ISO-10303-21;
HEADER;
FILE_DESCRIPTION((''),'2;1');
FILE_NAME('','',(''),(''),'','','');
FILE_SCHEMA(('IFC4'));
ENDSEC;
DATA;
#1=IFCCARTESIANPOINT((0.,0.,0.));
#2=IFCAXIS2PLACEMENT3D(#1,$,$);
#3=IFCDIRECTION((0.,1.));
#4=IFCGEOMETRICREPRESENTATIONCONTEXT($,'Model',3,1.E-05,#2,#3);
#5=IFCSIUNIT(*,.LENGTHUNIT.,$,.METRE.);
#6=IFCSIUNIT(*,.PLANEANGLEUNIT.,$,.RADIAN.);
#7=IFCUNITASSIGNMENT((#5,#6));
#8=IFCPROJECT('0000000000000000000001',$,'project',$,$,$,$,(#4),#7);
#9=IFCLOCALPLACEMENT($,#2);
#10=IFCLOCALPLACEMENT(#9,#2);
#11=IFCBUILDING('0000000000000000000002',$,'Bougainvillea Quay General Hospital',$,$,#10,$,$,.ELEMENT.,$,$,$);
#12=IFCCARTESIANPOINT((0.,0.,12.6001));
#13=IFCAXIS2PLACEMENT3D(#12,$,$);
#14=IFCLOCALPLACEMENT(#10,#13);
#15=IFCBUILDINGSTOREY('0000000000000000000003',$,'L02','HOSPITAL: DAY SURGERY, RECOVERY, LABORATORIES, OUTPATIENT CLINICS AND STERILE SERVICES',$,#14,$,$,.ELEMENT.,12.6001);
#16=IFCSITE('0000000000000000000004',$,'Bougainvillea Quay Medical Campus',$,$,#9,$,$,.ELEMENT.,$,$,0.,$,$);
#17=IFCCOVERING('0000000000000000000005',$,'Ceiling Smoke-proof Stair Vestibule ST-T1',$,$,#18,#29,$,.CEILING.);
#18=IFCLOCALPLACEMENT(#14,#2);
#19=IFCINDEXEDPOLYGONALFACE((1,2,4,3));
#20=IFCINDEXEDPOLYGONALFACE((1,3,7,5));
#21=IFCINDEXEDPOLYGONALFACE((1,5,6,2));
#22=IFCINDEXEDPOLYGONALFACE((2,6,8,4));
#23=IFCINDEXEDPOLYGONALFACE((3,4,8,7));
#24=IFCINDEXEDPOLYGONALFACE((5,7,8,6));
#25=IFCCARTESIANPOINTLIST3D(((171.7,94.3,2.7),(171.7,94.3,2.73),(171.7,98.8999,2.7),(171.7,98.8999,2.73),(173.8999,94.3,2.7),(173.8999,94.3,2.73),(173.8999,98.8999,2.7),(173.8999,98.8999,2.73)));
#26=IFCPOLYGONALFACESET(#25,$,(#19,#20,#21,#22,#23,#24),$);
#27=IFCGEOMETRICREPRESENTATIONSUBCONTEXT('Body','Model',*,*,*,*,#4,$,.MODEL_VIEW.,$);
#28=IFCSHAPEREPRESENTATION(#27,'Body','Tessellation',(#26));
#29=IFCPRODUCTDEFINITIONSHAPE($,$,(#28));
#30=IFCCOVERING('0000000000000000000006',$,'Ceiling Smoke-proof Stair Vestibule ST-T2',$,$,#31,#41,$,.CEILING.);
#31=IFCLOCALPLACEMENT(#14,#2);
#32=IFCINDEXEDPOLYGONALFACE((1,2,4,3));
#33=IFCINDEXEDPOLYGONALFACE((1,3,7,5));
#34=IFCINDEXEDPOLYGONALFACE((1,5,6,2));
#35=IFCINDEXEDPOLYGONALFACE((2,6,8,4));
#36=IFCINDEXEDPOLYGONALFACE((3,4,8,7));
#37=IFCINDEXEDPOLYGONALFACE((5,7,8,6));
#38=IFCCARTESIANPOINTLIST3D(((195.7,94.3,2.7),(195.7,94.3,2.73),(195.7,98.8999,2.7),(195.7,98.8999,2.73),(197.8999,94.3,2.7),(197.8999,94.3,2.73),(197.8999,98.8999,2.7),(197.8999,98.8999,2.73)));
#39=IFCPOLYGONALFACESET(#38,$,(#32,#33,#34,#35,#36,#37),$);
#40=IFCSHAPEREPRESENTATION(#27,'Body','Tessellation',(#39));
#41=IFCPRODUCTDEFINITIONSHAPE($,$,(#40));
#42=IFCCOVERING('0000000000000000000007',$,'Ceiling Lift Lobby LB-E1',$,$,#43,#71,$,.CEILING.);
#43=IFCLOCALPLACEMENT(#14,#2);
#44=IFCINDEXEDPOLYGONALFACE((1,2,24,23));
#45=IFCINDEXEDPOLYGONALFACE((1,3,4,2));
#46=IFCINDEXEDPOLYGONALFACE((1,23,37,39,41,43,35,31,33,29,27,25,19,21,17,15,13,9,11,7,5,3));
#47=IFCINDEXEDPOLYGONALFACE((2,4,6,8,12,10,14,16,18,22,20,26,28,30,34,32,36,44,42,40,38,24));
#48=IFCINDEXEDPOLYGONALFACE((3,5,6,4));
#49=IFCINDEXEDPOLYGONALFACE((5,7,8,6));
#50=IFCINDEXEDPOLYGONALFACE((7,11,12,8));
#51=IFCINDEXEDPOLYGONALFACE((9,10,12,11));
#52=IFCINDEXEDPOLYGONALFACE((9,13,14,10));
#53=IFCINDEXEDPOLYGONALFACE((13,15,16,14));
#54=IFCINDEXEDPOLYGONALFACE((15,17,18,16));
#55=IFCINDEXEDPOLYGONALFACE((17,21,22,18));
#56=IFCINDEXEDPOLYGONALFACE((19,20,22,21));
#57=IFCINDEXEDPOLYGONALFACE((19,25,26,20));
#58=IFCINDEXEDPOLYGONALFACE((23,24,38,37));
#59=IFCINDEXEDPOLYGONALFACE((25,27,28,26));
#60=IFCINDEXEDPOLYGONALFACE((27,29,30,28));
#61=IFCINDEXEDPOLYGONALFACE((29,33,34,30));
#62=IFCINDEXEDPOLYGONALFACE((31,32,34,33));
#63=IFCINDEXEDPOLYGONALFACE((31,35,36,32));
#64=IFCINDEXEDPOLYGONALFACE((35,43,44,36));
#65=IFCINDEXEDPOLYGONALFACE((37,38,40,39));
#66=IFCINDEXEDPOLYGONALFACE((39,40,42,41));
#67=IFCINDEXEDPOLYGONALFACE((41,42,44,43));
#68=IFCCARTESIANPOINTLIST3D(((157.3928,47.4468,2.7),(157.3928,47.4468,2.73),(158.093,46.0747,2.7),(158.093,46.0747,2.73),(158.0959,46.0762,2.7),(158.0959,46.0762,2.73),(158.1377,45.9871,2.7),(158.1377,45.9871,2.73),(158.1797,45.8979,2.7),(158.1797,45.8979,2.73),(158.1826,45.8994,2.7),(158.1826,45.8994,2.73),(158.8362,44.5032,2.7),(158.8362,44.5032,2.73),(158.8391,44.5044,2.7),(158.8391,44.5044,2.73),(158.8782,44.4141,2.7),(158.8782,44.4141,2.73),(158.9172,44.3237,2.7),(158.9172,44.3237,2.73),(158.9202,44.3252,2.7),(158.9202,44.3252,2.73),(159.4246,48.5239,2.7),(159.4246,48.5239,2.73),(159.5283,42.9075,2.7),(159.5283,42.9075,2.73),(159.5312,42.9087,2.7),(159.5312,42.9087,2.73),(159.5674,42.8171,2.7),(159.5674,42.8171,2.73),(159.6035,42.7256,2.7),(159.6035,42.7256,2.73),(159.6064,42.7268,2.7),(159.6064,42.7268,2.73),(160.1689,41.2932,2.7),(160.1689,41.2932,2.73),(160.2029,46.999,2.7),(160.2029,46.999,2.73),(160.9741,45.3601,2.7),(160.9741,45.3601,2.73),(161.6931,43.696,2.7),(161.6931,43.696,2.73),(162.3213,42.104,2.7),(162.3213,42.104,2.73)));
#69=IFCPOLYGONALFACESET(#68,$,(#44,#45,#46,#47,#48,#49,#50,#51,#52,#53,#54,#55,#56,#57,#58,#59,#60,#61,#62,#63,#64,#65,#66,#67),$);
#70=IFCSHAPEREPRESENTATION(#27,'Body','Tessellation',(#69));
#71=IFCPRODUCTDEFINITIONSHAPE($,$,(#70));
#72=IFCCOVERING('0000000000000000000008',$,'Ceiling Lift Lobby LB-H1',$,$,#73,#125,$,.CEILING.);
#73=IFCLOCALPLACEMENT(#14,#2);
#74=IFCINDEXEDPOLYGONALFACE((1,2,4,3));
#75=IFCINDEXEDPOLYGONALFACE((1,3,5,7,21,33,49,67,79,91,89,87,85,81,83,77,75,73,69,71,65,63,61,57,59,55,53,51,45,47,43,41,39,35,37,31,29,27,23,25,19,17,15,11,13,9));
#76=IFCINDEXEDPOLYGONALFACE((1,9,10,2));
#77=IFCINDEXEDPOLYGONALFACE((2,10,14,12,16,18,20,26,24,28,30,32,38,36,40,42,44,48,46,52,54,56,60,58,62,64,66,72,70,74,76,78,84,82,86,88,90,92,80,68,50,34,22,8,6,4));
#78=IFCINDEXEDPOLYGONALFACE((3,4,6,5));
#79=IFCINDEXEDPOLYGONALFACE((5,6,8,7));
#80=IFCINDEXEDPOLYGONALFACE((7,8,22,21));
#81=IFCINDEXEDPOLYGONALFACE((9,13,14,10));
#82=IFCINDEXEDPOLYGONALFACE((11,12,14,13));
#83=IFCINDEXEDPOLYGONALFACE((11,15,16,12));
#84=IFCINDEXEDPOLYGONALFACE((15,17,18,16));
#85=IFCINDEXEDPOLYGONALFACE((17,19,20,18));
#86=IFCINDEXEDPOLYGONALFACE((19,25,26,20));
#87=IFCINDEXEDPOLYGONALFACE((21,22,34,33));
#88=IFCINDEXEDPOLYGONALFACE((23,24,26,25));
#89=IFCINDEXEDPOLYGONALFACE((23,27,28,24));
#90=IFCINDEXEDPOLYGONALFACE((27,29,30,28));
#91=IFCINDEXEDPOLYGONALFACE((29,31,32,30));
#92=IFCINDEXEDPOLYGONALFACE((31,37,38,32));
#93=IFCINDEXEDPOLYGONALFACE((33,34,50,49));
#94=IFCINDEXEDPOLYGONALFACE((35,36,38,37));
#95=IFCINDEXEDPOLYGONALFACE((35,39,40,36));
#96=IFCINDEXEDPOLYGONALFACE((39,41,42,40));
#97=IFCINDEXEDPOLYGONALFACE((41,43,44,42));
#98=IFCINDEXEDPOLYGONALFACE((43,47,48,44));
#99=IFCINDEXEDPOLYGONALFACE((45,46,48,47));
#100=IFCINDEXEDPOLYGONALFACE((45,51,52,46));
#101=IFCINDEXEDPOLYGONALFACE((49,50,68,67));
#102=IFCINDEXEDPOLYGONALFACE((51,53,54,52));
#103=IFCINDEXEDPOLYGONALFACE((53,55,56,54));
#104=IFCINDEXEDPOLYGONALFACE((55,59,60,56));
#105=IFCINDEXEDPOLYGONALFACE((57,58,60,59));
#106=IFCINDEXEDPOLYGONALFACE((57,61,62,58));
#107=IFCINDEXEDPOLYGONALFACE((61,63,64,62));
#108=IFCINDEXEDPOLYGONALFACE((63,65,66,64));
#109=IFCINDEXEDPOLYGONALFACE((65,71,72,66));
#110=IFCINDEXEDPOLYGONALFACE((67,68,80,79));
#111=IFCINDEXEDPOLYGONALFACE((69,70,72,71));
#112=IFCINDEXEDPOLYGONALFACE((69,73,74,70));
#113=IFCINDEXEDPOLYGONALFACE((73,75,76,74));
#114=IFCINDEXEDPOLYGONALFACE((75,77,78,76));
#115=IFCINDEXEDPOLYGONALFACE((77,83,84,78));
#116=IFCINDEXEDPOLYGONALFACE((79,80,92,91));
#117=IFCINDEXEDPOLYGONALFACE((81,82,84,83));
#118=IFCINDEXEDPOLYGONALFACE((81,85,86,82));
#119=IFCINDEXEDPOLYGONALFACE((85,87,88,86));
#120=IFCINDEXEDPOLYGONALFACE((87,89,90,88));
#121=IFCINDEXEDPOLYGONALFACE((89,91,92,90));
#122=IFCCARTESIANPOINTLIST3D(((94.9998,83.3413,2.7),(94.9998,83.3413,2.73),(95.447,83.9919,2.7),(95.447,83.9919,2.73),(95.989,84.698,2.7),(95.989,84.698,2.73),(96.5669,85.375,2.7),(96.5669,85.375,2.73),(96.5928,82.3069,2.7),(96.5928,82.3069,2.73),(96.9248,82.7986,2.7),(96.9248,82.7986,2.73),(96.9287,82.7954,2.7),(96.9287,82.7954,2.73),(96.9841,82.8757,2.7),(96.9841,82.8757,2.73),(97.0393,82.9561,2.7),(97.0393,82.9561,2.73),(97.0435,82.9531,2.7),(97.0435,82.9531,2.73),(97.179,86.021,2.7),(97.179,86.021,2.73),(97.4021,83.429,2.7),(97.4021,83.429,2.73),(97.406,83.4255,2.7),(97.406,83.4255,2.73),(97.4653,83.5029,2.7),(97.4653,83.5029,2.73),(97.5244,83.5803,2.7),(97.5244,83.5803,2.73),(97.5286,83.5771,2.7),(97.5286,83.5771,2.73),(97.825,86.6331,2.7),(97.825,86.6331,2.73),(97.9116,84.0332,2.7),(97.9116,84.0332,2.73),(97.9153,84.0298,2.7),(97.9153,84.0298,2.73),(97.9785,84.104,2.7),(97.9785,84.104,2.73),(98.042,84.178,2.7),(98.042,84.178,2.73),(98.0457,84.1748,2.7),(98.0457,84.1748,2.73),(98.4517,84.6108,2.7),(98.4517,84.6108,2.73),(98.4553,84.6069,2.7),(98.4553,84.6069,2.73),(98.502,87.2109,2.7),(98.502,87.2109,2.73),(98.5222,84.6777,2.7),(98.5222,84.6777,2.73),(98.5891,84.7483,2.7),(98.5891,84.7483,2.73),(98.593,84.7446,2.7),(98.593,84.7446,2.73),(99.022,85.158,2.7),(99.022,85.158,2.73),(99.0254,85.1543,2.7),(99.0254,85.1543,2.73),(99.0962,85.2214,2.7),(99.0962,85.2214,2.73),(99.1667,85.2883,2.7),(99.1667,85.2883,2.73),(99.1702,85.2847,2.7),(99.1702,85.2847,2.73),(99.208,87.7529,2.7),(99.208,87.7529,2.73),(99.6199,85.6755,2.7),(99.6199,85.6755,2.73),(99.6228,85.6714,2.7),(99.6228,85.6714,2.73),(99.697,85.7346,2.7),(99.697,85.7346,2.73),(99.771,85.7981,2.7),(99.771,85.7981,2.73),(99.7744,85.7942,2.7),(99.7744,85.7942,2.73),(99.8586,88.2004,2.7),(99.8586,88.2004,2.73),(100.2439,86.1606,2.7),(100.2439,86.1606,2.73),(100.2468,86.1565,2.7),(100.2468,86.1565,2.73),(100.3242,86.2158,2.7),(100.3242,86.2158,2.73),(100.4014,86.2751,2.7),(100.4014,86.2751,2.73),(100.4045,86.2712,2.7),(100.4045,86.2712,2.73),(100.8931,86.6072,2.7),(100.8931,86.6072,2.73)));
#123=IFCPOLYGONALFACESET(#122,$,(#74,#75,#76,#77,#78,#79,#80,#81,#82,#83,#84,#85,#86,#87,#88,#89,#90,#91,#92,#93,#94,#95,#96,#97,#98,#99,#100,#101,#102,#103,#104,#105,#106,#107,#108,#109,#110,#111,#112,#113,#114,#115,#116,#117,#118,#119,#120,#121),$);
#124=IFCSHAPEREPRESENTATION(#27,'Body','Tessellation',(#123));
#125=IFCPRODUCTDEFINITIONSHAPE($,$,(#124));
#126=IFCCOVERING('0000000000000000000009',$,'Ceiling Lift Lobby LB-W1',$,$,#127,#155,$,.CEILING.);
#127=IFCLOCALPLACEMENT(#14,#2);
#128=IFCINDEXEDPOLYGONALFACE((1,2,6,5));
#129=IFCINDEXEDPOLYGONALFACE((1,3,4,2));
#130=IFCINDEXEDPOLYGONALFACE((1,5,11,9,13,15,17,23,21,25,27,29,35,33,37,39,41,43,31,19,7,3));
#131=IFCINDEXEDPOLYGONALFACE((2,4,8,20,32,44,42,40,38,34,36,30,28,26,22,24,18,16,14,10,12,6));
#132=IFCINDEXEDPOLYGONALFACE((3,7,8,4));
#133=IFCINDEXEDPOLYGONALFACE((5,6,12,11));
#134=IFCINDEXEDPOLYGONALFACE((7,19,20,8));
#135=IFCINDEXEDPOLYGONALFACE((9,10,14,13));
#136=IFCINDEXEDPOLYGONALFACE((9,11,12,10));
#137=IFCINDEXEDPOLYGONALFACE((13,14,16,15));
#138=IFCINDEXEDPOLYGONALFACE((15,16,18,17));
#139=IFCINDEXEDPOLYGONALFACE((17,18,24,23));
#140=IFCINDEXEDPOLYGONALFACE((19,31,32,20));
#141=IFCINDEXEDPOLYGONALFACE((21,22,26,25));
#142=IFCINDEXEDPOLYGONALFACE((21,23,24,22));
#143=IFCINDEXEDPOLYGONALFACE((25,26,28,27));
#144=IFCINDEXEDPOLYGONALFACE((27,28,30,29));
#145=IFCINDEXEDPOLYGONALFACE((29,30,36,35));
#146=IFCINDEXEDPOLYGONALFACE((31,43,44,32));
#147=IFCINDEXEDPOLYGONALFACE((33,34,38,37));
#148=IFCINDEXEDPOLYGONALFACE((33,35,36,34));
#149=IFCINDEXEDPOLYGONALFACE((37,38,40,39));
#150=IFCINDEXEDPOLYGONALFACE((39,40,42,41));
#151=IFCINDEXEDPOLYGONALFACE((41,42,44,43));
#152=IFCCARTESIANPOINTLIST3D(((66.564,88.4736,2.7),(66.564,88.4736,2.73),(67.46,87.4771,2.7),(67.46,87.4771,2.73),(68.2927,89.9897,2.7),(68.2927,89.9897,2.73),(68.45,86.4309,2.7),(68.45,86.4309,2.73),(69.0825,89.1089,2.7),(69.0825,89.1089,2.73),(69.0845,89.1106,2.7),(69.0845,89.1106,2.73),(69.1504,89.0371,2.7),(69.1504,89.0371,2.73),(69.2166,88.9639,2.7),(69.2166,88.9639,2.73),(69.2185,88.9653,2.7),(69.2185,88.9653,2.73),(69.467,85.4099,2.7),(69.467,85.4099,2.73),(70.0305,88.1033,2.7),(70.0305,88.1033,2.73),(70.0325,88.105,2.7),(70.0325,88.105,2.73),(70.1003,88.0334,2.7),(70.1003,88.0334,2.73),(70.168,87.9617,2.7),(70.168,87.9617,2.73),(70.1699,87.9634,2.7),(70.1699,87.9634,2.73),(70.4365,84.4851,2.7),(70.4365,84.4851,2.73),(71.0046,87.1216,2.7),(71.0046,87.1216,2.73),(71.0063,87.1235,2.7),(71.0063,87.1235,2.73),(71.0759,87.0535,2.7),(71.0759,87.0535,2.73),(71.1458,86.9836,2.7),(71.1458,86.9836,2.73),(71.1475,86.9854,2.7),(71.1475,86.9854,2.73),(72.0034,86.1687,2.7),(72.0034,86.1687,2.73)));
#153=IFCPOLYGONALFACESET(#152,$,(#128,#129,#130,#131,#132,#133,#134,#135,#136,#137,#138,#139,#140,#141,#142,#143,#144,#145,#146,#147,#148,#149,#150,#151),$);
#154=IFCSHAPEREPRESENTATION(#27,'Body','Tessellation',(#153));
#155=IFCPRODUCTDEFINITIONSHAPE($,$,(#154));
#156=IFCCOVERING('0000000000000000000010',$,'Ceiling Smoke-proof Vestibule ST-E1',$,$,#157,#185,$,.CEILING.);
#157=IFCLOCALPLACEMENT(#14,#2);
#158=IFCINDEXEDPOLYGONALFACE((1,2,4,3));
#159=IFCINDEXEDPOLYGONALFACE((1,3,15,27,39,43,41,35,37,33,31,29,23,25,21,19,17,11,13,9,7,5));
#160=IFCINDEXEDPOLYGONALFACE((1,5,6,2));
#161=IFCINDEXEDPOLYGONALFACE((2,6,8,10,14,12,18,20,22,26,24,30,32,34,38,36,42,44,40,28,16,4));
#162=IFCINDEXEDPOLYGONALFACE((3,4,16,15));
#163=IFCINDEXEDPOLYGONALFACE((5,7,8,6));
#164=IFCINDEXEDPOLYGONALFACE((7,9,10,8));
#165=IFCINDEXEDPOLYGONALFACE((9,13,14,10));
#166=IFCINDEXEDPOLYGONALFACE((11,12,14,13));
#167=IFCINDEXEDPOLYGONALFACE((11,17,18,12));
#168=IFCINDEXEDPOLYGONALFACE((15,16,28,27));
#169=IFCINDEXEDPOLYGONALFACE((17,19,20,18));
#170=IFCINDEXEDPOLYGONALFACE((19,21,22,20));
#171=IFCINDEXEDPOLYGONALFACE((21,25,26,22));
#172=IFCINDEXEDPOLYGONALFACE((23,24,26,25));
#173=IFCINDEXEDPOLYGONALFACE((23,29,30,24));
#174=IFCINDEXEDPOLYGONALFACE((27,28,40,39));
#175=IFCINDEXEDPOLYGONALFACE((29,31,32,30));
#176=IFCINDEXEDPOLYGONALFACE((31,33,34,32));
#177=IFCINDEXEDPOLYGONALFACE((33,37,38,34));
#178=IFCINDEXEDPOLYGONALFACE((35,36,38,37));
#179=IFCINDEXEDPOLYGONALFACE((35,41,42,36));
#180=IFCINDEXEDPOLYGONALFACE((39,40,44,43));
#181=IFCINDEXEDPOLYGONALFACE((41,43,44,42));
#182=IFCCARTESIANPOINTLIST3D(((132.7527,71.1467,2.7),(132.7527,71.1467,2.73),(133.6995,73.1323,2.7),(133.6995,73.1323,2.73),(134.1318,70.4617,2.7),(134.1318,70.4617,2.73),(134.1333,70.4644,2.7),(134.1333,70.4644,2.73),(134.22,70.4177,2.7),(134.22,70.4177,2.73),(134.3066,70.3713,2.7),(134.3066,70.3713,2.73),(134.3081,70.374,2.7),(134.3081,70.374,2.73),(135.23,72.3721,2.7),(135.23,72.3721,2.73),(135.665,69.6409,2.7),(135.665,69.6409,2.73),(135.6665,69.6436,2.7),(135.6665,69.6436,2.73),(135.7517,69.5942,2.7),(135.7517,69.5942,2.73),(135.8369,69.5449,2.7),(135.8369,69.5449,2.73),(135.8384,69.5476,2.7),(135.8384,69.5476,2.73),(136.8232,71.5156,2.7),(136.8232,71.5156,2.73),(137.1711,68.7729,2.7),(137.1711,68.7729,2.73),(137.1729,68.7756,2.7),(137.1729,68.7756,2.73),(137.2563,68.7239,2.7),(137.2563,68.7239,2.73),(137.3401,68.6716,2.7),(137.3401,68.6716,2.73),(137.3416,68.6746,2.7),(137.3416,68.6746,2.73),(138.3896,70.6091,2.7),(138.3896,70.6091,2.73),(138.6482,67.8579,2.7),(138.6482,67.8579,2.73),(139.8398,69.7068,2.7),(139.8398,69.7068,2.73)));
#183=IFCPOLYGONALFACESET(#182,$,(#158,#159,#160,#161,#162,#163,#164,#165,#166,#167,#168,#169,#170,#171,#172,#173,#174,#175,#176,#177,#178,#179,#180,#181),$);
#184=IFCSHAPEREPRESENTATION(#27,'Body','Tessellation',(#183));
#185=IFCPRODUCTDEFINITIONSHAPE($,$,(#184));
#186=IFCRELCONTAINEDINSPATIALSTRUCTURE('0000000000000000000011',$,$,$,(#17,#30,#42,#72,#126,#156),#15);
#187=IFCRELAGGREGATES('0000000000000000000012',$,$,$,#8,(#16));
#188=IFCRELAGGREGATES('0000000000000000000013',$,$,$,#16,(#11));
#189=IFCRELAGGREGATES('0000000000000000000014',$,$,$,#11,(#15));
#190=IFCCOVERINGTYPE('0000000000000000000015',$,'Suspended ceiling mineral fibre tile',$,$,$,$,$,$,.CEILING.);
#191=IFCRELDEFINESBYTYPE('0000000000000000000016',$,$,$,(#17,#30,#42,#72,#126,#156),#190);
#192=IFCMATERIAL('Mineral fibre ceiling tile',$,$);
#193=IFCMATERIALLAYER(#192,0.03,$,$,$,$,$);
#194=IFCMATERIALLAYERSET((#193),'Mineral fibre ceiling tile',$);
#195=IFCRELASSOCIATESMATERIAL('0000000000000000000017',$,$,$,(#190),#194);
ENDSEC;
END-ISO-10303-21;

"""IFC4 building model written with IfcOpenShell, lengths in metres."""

from ifc_helpers import new_model, si_unit, direction, frame, origin, place, context, subcontext, project, spatial, polyline, outline, extrude, material, layer, layer_set, type_object, element, save


model = new_model("IFC4")

# Units and contexts
model_context = context("Model", 3, precision=1e-05, world=origin(), true_north=direction((0.0, 1.0)))
body_context = subcontext(model_context, "Body", "Model", "MODEL_VIEW")
ifc_project = project(units=[si_unit("LENGTHUNIT", "METRE"), si_unit("PLANEANGLEUNIT", "RADIAN")], contexts=[model_context])

# Site, building, storey
site_placement = place(None, origin())
site = spatial("IfcSite", under=ifc_project, at=site_placement, Name="Bougainvillea Quay Medical Campus", CompositionType="ELEMENT", RefElevation=0.0)
building_placement = place(site_placement, origin())
building = spatial("IfcBuilding", under=site, at=building_placement, Name="Bougainvillea Quay General Hospital", CompositionType="ELEMENT")
storey_placement = place(building_placement, frame((0.0, 0.0, 12.6001)))
storey = spatial("IfcBuildingStorey", under=building, at=storey_placement, Name="L02", Description="HOSPITAL: DAY SURGERY, RECOVERY, LABORATORIES, OUTPATIENT CLINICS AND STERILE SERVICES", CompositionType="ELEMENT", Elevation=12.6001)

# Coverings
ifc_material = material(Name="Mineral fibre ceiling tile")
ifc_layer = layer(ifc_material, 0.03)
ifc_layer_set = layer_set([ifc_layer], Name="Mineral fibre ceiling tile")
covering_type = type_object("IfcCoveringType", Name="Suspended ceiling mineral fibre tile", PredefinedType="CEILING", material=ifc_layer_set)
covering_1_placement = place(storey_placement, frame((0.0, 0.0, 2.7)))
element("IfcCovering", 1, at=covering_1_placement, inside=storey, type_object=covering_type, Name="Ceiling Smoke-proof Stair Vestibule ST-T1", PredefinedType="CEILING", context=body_context, shape_type="SweptSolid", body=[
    extrude(outline(polyline([(171.7, 98.8999), (171.7, 94.3), (173.8999, 94.3), (173.8999, 98.8999), (171.7, 98.8999)])), origin(), (0.0, 0.0, 1.0), 0.03),
])
covering_2_placement = place(storey_placement, frame((0.0, 0.0, 2.7)))
element("IfcCovering", 2, at=covering_2_placement, inside=storey, type_object=covering_type, Name="Ceiling Smoke-proof Stair Vestibule ST-T2", PredefinedType="CEILING", context=body_context, shape_type="SweptSolid", body=[
    extrude(outline(polyline([(197.8999, 98.8999), (195.7, 98.8999), (195.7, 94.3), (197.8999, 94.3), (197.8999, 98.8999)])), origin(), (0.0, 0.0, 1.0), 0.03),
])
covering_3_placement = place(storey_placement, frame((0.0, 0.0, 2.7)))
element("IfcCovering", 3, at=covering_3_placement, inside=storey, type_object=covering_type, Name="Ceiling Lift Lobby LB-E1", PredefinedType="CEILING", context=body_context, shape_type="SweptSolid", body=[
    extrude(outline(polyline([(159.4246, 48.5239), (157.3928, 47.4468), (158.093, 46.0747), (158.0959, 46.0762), (158.1377, 45.9871), (158.1826, 45.8994), (158.1797, 45.8979), (158.8362, 44.5032), (158.8391, 44.5044), (158.8782, 44.4141), (158.9202, 44.3252), (158.9172, 44.3237), (159.5283, 42.9075), (159.5312, 42.9087), (159.5674, 42.8171), (159.6064, 42.7268), (159.6035, 42.7256), (160.1689, 41.2932), (162.3213, 42.104), (161.6931, 43.696), (160.9741, 45.3601), (160.2029, 46.999), (159.4246, 48.5239)])), origin(), (0.0, 0.0, 1.0), 0.03),
])
covering_4_placement = place(storey_placement, frame((0.0, 0.0, 2.7)))
element("IfcCovering", 4, at=covering_4_placement, inside=storey, type_object=covering_type, Name="Ceiling Lift Lobby LB-H1", PredefinedType="CEILING", context=body_context, shape_type="SweptSolid", body=[
    extrude(outline(polyline([(94.9998, 83.3413), (96.5928, 82.3069), (96.9287, 82.7954), (96.9248, 82.7986), (96.9841, 82.8757), (97.0393, 82.9561), (97.0435, 82.9531), (97.406, 83.4255), (97.4021, 83.429), (97.4653, 83.5029), (97.5244, 83.5803), (97.5286, 83.5771), (97.9153, 84.0298), (97.9116, 84.0332), (97.9785, 84.104), (98.042, 84.178), (98.0457, 84.1748), (98.4553, 84.6069), (98.4517, 84.6108), (98.5222, 84.6777), (98.5891, 84.7483), (98.593, 84.7446), (99.0254, 85.1543), (99.022, 85.158), (99.0962, 85.2214), (99.1667, 85.2883), (99.1702, 85.2847), (99.6228, 85.6714), (99.6199, 85.6755), (99.697, 85.7346), (99.771, 85.7981), (99.7744, 85.7942), (100.2468, 86.1565), (100.2439, 86.1606), (100.3242, 86.2158), (100.4014, 86.2751), (100.4045, 86.2712), (100.8931, 86.6072), (99.8586, 88.2004), (99.208, 87.7529), (98.502, 87.2109), (97.825, 86.6331), (97.179, 86.021), (96.5669, 85.375), (95.989, 84.698), (95.447, 83.9919), (94.9998, 83.3413)])), origin(), (0.0, 0.0, 1.0), 0.03),
])
covering_5_placement = place(storey_placement, frame((0.0, 0.0, 2.7)))
element("IfcCovering", 5, at=covering_5_placement, inside=storey, type_object=covering_type, Name="Ceiling Lift Lobby LB-W1", PredefinedType="CEILING", context=body_context, shape_type="SweptSolid", body=[
    extrude(outline(polyline([(70.4365, 84.4851), (72.0034, 86.1687), (71.1475, 86.9854), (71.1458, 86.9836), (71.0759, 87.0535), (71.0046, 87.1216), (71.0063, 87.1235), (70.1699, 87.9634), (70.168, 87.9617), (70.1003, 88.0334), (70.0305, 88.1033), (70.0325, 88.105), (69.2185, 88.9653), (69.2166, 88.9639), (69.1504, 89.0371), (69.0825, 89.1089), (69.0845, 89.1106), (68.2927, 89.9897), (66.564, 88.4736), (67.46, 87.4771), (68.45, 86.4309), (69.467, 85.4099), (70.4365, 84.4851)])), origin(), (0.0, 0.0, 1.0), 0.03),
])
covering_6_placement = place(storey_placement, frame((0.0, 0.0, 2.7)))
element("IfcCovering", 6, at=covering_6_placement, inside=storey, type_object=covering_type, Name="Ceiling Smoke-proof Vestibule ST-E1", PredefinedType="CEILING", context=body_context, shape_type="SweptSolid", body=[
    extrude(outline(polyline([(134.1318, 70.4617), (134.1333, 70.4644), (134.22, 70.4177), (134.3081, 70.374), (134.3066, 70.3713), (135.665, 69.6409), (135.6665, 69.6436), (135.7517, 69.5942), (135.8384, 69.5476), (135.8369, 69.5449), (137.1711, 68.7729), (137.1729, 68.7756), (137.2563, 68.7239), (137.3416, 68.6746), (137.3401, 68.6716), (138.6482, 67.8579), (139.8398, 69.7068), (138.3896, 70.6091), (136.8232, 71.5156), (135.23, 72.3721), (133.6995, 73.1323), (132.7527, 71.1467), (134.1318, 70.4617)])), origin(), (0.0, 0.0, 1.0), 0.03),
])

save(model, "model.ifc")
